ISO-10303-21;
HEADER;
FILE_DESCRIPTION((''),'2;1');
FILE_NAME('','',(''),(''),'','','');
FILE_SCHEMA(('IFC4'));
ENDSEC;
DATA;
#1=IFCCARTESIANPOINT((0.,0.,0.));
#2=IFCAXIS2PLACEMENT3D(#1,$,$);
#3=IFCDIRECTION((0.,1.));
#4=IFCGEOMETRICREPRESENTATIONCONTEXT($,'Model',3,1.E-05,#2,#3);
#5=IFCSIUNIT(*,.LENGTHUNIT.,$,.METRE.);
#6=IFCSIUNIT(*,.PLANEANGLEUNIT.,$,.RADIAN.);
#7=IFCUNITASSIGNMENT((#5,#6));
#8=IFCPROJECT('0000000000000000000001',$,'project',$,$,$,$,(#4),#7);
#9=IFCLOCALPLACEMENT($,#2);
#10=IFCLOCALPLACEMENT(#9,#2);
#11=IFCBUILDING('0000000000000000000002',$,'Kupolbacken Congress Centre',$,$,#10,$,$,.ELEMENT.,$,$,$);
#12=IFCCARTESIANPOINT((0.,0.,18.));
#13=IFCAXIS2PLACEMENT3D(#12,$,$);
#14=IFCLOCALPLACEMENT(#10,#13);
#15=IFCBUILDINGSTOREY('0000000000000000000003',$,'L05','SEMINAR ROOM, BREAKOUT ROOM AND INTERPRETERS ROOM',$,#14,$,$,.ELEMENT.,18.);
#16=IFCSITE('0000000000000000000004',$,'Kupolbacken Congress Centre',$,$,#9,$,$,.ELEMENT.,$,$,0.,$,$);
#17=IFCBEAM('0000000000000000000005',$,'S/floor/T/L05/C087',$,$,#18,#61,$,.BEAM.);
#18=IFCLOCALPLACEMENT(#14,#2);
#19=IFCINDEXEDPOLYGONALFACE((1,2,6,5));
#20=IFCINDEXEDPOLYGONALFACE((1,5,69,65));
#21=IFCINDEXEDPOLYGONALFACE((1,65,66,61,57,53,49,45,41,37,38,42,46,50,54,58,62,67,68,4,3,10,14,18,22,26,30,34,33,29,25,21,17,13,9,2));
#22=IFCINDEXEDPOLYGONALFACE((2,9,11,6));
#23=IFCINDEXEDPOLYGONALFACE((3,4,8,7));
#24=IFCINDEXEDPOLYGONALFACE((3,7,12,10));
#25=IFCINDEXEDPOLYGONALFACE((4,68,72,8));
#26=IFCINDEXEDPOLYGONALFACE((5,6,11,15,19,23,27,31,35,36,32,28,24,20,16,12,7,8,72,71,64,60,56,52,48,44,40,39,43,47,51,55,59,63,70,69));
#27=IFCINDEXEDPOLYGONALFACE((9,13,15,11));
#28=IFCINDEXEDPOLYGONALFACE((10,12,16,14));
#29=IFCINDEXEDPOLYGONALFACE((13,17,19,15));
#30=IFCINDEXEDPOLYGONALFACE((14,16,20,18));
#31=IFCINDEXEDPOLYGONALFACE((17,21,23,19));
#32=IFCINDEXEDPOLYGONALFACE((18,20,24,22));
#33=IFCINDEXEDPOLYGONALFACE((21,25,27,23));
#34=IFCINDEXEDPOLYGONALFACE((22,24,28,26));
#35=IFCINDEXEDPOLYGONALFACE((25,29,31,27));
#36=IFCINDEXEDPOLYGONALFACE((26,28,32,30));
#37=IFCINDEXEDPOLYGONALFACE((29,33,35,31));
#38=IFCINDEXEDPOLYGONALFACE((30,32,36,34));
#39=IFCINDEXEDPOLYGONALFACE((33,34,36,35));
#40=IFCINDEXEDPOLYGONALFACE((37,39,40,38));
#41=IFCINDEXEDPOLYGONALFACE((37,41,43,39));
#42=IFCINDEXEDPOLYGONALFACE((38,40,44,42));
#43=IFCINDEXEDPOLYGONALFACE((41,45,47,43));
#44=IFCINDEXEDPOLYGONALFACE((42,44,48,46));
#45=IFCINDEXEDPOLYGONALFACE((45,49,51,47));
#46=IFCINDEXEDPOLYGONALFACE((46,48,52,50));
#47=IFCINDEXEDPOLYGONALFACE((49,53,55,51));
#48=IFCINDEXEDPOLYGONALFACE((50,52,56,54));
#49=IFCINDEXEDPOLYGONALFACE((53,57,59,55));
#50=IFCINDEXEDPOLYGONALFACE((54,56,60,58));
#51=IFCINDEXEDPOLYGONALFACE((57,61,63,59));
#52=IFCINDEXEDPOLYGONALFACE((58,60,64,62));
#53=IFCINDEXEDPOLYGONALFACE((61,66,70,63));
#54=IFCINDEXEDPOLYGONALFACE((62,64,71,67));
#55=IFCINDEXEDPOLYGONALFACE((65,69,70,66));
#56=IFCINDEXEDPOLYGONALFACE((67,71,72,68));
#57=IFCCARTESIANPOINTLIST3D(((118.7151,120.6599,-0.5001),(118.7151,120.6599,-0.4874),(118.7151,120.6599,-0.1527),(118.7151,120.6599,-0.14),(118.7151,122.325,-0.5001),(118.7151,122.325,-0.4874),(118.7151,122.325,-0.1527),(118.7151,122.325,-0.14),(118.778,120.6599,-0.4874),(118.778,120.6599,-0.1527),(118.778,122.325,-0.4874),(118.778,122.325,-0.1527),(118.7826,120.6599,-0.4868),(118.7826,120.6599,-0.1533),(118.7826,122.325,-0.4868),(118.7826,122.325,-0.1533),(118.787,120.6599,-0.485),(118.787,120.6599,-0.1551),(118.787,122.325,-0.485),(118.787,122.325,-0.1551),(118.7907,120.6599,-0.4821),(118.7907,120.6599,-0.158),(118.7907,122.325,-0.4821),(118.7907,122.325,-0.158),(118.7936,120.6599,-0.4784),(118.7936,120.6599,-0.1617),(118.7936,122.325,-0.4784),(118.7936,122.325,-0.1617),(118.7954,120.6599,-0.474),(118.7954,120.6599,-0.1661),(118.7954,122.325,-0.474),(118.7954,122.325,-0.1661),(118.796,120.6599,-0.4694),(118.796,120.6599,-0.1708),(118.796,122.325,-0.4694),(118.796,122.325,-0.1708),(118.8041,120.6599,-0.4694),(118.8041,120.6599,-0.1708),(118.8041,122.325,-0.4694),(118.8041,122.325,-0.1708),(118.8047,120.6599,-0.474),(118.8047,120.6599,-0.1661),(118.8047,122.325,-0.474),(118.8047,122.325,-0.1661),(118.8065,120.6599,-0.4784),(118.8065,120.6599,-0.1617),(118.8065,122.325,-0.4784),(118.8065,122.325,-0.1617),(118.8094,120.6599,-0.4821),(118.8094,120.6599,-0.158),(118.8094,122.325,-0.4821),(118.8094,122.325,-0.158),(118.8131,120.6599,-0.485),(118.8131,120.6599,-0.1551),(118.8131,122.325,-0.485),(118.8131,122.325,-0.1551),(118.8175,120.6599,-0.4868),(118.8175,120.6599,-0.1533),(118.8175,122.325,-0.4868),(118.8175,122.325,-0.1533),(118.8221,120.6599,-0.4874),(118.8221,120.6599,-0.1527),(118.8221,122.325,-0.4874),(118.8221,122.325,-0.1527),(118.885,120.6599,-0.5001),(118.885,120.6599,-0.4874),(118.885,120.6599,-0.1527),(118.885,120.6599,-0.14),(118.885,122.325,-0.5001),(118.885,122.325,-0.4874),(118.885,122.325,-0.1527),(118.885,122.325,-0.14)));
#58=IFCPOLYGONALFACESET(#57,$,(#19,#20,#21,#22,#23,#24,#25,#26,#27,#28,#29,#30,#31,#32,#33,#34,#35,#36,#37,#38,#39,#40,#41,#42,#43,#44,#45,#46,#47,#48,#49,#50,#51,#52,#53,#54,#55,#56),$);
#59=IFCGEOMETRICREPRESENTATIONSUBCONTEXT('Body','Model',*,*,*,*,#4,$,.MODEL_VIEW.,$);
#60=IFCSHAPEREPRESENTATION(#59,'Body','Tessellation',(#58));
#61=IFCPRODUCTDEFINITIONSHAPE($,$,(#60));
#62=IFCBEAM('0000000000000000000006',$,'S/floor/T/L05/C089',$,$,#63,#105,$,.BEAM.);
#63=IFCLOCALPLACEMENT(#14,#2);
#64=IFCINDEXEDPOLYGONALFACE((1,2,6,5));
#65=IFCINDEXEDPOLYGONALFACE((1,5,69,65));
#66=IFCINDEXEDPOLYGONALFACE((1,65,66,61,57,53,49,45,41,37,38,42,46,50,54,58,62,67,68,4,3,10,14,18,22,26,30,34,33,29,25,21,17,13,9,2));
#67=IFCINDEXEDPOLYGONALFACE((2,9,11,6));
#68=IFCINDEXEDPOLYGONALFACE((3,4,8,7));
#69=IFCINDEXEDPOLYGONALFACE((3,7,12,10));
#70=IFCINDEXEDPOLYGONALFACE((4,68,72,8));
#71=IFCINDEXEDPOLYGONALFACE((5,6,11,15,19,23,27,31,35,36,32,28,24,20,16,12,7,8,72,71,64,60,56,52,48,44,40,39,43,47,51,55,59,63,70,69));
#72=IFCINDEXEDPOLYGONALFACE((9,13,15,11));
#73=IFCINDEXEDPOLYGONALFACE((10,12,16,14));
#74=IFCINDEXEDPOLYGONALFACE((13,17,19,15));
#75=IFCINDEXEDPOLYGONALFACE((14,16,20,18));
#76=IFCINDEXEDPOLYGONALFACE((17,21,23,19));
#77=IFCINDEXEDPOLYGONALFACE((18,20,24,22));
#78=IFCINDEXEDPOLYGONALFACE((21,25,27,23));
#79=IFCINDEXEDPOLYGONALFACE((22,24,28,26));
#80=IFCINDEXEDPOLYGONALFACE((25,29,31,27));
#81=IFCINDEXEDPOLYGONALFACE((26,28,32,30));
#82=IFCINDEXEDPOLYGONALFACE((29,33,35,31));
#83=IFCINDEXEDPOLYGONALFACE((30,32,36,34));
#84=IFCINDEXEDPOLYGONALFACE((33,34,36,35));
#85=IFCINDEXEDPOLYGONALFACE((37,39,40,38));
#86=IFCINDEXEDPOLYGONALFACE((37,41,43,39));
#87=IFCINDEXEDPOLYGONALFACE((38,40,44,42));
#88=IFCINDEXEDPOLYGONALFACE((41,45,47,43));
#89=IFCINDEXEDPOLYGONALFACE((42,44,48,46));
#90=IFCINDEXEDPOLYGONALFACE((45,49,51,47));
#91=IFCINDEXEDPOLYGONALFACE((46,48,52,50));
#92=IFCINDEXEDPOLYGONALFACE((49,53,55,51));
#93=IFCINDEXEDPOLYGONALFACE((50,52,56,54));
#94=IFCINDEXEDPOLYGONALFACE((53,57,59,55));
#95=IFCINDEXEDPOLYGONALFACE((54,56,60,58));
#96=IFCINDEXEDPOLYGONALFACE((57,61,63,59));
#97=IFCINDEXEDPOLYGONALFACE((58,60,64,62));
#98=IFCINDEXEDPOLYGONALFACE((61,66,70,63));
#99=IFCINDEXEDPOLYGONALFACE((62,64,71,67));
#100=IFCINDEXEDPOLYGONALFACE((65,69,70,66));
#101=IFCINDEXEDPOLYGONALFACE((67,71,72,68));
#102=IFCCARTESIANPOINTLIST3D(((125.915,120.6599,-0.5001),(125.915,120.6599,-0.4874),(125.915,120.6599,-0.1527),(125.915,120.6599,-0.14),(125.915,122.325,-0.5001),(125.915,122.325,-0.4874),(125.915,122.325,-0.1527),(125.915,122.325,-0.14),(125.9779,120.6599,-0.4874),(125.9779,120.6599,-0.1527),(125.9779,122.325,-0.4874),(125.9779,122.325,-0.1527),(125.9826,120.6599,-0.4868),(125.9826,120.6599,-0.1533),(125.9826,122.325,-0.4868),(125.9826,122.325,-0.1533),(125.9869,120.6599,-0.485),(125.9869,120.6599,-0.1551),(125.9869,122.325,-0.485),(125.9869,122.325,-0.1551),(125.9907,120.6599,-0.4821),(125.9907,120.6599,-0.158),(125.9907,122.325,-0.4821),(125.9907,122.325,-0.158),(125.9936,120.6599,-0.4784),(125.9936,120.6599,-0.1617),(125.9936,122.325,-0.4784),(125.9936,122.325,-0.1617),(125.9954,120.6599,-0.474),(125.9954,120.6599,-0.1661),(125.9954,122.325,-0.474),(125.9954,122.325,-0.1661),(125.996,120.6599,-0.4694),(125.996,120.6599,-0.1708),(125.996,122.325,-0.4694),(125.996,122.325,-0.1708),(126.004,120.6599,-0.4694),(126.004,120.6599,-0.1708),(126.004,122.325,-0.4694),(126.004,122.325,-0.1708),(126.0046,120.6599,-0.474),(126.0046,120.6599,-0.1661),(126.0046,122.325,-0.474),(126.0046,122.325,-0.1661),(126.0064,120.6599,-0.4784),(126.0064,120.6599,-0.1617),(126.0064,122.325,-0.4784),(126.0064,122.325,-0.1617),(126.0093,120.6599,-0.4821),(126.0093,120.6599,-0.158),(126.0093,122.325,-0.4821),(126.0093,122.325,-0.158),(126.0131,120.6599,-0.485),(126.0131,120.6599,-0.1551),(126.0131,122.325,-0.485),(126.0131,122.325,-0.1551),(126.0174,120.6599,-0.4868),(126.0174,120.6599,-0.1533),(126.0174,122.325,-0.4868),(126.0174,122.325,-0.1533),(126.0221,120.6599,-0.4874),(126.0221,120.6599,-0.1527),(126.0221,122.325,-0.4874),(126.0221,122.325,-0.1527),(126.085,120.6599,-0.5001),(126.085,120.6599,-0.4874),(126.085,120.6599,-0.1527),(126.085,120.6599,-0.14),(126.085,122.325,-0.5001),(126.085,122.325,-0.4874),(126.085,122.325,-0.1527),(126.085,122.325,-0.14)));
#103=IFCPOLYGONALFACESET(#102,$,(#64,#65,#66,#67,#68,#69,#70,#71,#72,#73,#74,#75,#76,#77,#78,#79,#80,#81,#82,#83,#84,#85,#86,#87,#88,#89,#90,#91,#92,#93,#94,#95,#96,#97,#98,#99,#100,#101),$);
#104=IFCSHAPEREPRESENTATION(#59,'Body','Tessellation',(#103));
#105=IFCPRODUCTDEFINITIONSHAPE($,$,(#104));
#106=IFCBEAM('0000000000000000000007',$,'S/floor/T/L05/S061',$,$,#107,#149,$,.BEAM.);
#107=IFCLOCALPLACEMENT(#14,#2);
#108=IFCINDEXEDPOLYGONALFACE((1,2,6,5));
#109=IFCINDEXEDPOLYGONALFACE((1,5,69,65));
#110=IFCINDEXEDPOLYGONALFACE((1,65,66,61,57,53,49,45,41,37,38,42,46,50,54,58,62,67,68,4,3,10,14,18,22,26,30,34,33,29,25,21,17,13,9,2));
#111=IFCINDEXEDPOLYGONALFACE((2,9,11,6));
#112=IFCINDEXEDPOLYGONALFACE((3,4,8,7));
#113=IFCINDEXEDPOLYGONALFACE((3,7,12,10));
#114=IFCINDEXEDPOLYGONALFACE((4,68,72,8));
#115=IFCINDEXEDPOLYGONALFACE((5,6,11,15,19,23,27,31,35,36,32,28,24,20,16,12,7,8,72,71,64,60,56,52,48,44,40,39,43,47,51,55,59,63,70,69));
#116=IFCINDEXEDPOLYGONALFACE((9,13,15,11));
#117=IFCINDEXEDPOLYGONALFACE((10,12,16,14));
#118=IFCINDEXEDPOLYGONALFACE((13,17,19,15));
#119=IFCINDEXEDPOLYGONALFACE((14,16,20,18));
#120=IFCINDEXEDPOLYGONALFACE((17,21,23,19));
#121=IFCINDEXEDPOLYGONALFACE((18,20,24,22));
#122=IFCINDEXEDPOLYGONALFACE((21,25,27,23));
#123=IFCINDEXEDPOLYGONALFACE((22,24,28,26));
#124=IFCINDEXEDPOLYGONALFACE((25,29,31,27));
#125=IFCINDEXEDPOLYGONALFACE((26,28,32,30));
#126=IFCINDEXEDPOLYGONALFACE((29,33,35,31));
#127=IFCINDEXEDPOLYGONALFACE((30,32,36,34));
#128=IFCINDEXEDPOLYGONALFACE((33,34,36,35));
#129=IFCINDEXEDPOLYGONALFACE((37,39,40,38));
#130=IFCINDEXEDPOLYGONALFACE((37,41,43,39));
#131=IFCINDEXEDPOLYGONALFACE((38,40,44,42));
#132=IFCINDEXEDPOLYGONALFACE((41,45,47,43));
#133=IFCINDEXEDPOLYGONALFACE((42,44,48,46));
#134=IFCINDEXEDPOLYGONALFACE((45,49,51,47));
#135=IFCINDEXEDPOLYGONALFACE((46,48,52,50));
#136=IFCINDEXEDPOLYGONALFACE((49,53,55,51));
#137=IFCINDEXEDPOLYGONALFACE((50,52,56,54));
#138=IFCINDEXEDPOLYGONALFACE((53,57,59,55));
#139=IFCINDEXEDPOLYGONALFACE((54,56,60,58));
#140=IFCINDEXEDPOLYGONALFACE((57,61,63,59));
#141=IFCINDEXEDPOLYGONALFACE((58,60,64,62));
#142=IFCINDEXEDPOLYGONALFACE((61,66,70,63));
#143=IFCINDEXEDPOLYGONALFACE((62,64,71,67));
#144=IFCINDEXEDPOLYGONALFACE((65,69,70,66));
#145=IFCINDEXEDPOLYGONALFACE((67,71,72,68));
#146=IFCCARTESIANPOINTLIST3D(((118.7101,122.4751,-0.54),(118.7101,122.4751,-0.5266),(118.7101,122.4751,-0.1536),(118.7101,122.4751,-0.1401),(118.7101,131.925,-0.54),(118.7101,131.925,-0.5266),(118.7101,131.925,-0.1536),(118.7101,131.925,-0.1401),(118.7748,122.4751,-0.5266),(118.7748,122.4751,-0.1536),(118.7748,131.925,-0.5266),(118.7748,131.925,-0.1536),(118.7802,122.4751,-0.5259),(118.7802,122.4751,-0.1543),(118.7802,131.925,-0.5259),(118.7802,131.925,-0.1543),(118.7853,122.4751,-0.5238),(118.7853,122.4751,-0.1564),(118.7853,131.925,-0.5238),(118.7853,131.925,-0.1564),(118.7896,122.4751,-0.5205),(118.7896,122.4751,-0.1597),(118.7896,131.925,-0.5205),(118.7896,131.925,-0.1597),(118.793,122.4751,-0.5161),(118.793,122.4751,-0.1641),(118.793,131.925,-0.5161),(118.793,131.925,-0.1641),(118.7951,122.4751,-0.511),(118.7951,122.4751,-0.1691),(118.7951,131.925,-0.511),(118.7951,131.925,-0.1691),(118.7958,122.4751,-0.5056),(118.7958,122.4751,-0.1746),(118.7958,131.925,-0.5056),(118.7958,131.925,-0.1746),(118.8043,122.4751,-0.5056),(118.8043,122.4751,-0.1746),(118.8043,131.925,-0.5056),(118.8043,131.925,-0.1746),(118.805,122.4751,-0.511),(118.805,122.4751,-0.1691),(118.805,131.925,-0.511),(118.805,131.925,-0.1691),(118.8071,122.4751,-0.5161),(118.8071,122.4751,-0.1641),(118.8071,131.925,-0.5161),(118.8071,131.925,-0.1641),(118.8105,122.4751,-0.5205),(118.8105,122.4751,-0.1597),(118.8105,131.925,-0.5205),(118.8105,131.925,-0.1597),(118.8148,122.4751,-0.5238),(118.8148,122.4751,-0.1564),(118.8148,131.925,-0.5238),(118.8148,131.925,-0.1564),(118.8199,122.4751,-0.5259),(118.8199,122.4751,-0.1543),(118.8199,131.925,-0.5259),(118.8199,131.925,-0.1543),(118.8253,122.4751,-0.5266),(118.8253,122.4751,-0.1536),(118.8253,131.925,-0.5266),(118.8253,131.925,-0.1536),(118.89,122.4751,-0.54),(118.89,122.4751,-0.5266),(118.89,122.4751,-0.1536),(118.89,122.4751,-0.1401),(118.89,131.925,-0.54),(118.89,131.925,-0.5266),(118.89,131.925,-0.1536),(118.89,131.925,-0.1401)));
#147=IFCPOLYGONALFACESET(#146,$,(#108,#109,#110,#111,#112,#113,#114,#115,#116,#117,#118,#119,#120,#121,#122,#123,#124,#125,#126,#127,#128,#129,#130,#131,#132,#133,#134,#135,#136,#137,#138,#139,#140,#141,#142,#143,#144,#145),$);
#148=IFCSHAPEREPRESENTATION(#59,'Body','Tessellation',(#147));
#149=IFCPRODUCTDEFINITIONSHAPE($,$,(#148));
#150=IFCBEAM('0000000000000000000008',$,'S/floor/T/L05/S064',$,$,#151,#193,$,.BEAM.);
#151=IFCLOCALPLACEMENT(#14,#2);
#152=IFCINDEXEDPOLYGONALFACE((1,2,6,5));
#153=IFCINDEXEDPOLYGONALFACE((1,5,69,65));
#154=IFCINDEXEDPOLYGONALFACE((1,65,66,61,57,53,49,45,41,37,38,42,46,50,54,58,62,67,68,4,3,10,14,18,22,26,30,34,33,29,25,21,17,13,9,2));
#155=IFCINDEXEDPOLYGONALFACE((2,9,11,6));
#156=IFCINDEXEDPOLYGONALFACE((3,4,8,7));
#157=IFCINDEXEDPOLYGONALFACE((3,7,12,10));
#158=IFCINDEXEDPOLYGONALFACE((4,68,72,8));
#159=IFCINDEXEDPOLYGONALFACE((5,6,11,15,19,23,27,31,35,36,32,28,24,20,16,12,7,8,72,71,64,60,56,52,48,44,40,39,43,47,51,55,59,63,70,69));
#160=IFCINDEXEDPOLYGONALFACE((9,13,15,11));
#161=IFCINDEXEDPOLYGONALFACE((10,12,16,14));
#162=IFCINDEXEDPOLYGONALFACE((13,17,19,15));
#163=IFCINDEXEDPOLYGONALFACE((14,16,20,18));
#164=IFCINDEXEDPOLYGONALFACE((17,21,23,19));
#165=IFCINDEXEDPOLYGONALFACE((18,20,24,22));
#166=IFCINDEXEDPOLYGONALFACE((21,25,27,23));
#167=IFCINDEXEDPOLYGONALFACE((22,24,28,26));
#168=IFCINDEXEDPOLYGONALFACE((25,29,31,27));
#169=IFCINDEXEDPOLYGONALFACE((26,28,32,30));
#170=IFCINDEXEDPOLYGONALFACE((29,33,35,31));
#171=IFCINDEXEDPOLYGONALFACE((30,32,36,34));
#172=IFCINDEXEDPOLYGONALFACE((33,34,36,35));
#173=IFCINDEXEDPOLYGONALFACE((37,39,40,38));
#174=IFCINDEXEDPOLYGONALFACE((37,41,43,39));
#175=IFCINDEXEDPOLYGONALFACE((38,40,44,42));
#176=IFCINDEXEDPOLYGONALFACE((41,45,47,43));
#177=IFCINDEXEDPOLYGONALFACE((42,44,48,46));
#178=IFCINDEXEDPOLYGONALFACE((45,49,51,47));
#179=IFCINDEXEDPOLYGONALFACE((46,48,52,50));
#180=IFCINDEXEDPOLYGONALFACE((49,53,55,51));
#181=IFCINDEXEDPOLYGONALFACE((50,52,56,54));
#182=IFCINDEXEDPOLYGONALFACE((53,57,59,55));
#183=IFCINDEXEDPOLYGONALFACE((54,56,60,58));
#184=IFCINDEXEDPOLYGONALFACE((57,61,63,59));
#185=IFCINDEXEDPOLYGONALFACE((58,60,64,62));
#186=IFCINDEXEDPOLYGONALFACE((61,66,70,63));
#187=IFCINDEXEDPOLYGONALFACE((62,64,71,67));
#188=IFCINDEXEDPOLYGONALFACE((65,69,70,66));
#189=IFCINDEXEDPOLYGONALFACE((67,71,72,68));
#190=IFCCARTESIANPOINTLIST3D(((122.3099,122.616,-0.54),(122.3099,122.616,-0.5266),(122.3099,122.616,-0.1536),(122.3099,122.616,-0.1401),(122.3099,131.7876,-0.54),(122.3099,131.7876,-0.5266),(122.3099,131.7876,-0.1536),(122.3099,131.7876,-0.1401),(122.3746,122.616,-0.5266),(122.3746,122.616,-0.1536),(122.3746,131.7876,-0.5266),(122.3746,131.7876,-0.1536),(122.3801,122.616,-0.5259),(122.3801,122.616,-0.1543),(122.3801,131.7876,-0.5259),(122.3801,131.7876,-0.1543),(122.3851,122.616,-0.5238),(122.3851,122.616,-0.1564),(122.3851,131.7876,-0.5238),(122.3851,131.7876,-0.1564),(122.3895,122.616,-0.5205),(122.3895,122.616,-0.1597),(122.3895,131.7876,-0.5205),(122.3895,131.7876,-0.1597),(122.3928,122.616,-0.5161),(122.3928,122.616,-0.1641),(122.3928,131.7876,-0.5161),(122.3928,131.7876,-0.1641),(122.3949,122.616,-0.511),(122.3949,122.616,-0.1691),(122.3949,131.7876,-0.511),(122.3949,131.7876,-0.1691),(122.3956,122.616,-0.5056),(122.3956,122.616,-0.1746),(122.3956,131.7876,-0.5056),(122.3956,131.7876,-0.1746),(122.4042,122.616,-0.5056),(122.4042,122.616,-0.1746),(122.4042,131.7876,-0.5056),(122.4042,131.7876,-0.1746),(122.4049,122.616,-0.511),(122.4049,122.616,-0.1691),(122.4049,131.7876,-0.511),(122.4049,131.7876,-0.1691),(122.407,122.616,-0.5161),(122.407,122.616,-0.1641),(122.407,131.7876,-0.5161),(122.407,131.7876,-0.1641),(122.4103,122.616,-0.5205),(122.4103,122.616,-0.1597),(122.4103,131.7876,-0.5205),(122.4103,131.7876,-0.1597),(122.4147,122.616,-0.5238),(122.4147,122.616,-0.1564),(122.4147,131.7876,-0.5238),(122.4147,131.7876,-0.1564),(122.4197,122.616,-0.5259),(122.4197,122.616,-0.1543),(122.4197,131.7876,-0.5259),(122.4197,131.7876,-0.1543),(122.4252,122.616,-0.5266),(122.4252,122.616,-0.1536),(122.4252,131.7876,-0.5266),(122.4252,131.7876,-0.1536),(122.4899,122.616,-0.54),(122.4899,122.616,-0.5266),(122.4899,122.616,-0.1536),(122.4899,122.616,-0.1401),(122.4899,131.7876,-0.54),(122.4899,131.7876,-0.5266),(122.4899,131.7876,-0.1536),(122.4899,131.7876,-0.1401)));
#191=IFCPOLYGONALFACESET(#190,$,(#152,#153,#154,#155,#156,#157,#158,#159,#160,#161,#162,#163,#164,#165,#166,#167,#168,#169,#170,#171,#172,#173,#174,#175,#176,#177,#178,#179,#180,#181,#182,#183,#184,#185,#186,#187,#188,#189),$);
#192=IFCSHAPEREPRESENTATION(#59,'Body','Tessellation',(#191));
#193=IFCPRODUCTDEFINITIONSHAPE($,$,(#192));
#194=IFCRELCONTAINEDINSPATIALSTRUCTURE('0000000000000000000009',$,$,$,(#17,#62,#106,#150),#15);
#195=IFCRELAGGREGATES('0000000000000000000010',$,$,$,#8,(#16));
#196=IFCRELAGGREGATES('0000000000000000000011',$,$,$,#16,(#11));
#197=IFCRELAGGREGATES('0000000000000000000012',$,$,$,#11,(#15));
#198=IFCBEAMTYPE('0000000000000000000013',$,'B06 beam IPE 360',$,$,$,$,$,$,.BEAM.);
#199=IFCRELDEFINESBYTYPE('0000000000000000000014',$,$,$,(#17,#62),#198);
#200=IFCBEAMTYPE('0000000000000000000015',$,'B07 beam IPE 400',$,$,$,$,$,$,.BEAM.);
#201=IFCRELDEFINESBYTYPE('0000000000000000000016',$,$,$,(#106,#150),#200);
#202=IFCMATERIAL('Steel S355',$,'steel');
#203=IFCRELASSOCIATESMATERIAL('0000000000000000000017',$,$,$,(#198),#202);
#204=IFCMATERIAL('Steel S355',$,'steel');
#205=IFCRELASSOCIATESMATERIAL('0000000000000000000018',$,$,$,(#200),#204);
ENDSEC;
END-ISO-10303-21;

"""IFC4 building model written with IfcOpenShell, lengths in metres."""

from ifc_helpers import new_model, si_unit, direction, frame, origin, origin_2d, place, context, subcontext, project, spatial, i_section, extrude, material, material_profile, profile_set, type_object, element, save


model = new_model("IFC4")

# Units and contexts
model_context = context("Model", 3, precision=1e-05, world=origin(), true_north=direction((0.0, 1.0)))
body_context = subcontext(model_context, "Body", "Model", "MODEL_VIEW")
ifc_project = project(units=[si_unit("LENGTHUNIT", "METRE"), si_unit("PLANEANGLEUNIT", "RADIAN")], contexts=[model_context])

# Site, building, storey
site_placement = place(None, origin())
site = spatial("IfcSite", under=ifc_project, at=site_placement, Name="Kupolbacken Congress Centre", CompositionType="ELEMENT", RefElevation=0.0)
building_placement = place(site_placement, origin())
building = spatial("IfcBuilding", under=site, at=building_placement, Name="Kupolbacken Congress Centre", CompositionType="ELEMENT")
storey_placement = place(building_placement, frame((0.0, 0.0, 18.0)))
storey = spatial("IfcBuildingStorey", under=building, at=storey_placement, Name="L05", Description="SEMINAR ROOM, BREAKOUT ROOM AND INTERPRETERS ROOM", CompositionType="ELEMENT", Elevation=18.0)

# Beams
ifc_material_1 = material(Name="Steel S355", Category="steel")
ifc_material_profile_1 = material_profile(ifc_material_1, i_section(OverallWidth=0.1699, OverallDepth=0.3601, WebThickness=0.0081, FlangeThickness=0.0127, FilletRadius=0.0181, at=origin_2d()), Name="IPE 360")
ifc_profile_set_1 = profile_set([ifc_material_profile_1], Name="Steel S355")
beam_type_1 = type_object("IfcBeamType", Name="B06 beam IPE 360", PredefinedType="BEAM", material=ifc_profile_set_1)
for number, where, z_axis, x_axis, name in (
    (1, (118.8, 122.325, -0.3201), (0.0, -1.0, 0.0), (1.0, 0.0, 0.0), "S/floor/T/L05/C087"),
    (2, (126.0, 122.325, -0.3201), (0.0, -1.0, 0.0), (1.0, 0.0, 0.0), "S/floor/T/L05/C089"),
):
    element("IfcBeam", number, at=place(storey_placement, frame(where, z_axis=z_axis, x_axis=x_axis)), inside=storey, type_object=beam_type_1, Name=name, PredefinedType="BEAM", context=body_context, shape_type="SweptSolid", body=[
        extrude(i_section(OverallWidth=0.1699, OverallDepth=0.3601, WebThickness=0.0081, FlangeThickness=0.0127, FilletRadius=0.0181, at=origin_2d()), origin(), (0.0, 0.0, 1.0), 1.665),
    ])
ifc_material_2 = material(Name="Steel S355", Category="steel")
ifc_material_profile_2 = material_profile(ifc_material_2, i_section(OverallWidth=0.1799, OverallDepth=0.3999, WebThickness=0.0085, FlangeThickness=0.0134, FilletRadius=0.021, at=origin_2d()), Name="IPE 400")
ifc_profile_set_2 = profile_set([ifc_material_profile_2], Name="Steel S355")
beam_type_2 = type_object("IfcBeamType", Name="B07 beam IPE 400", PredefinedType="BEAM", material=ifc_profile_set_2)
beam_1_placement = place(storey_placement, frame((118.8, 122.4751, -0.3401), z_axis=(0.0, 1.0, 0.0), x_axis=(-1.0, 0.0, 0.0)))
element("IfcBeam", 3, at=beam_1_placement, inside=storey, type_object=beam_type_2, Name="S/floor/T/L05/S061", PredefinedType="BEAM", context=body_context, shape_type="SweptSolid", body=[
    extrude(i_section(OverallWidth=0.1799, OverallDepth=0.3999, WebThickness=0.0085, FlangeThickness=0.0134, FilletRadius=0.021, at=origin_2d()), origin(), (0.0, 0.0, 1.0), 9.45),
])
beam_2_placement = place(storey_placement, frame((122.3999, 122.616, -0.3401), z_axis=(0.0, 1.0, 0.0), x_axis=(-1.0, 0.0, 0.0)))
element("IfcBeam", 4, at=beam_2_placement, inside=storey, type_object=beam_type_2, Name="S/floor/T/L05/S064", PredefinedType="BEAM", context=body_context, shape_type="SweptSolid", body=[
    extrude(i_section(OverallWidth=0.1799, OverallDepth=0.3999, WebThickness=0.0085, FlangeThickness=0.0134, FilletRadius=0.021, at=origin_2d()), origin(), (0.0, 0.0, 1.0), 9.1716),
])

save(model, "model.ifc")
